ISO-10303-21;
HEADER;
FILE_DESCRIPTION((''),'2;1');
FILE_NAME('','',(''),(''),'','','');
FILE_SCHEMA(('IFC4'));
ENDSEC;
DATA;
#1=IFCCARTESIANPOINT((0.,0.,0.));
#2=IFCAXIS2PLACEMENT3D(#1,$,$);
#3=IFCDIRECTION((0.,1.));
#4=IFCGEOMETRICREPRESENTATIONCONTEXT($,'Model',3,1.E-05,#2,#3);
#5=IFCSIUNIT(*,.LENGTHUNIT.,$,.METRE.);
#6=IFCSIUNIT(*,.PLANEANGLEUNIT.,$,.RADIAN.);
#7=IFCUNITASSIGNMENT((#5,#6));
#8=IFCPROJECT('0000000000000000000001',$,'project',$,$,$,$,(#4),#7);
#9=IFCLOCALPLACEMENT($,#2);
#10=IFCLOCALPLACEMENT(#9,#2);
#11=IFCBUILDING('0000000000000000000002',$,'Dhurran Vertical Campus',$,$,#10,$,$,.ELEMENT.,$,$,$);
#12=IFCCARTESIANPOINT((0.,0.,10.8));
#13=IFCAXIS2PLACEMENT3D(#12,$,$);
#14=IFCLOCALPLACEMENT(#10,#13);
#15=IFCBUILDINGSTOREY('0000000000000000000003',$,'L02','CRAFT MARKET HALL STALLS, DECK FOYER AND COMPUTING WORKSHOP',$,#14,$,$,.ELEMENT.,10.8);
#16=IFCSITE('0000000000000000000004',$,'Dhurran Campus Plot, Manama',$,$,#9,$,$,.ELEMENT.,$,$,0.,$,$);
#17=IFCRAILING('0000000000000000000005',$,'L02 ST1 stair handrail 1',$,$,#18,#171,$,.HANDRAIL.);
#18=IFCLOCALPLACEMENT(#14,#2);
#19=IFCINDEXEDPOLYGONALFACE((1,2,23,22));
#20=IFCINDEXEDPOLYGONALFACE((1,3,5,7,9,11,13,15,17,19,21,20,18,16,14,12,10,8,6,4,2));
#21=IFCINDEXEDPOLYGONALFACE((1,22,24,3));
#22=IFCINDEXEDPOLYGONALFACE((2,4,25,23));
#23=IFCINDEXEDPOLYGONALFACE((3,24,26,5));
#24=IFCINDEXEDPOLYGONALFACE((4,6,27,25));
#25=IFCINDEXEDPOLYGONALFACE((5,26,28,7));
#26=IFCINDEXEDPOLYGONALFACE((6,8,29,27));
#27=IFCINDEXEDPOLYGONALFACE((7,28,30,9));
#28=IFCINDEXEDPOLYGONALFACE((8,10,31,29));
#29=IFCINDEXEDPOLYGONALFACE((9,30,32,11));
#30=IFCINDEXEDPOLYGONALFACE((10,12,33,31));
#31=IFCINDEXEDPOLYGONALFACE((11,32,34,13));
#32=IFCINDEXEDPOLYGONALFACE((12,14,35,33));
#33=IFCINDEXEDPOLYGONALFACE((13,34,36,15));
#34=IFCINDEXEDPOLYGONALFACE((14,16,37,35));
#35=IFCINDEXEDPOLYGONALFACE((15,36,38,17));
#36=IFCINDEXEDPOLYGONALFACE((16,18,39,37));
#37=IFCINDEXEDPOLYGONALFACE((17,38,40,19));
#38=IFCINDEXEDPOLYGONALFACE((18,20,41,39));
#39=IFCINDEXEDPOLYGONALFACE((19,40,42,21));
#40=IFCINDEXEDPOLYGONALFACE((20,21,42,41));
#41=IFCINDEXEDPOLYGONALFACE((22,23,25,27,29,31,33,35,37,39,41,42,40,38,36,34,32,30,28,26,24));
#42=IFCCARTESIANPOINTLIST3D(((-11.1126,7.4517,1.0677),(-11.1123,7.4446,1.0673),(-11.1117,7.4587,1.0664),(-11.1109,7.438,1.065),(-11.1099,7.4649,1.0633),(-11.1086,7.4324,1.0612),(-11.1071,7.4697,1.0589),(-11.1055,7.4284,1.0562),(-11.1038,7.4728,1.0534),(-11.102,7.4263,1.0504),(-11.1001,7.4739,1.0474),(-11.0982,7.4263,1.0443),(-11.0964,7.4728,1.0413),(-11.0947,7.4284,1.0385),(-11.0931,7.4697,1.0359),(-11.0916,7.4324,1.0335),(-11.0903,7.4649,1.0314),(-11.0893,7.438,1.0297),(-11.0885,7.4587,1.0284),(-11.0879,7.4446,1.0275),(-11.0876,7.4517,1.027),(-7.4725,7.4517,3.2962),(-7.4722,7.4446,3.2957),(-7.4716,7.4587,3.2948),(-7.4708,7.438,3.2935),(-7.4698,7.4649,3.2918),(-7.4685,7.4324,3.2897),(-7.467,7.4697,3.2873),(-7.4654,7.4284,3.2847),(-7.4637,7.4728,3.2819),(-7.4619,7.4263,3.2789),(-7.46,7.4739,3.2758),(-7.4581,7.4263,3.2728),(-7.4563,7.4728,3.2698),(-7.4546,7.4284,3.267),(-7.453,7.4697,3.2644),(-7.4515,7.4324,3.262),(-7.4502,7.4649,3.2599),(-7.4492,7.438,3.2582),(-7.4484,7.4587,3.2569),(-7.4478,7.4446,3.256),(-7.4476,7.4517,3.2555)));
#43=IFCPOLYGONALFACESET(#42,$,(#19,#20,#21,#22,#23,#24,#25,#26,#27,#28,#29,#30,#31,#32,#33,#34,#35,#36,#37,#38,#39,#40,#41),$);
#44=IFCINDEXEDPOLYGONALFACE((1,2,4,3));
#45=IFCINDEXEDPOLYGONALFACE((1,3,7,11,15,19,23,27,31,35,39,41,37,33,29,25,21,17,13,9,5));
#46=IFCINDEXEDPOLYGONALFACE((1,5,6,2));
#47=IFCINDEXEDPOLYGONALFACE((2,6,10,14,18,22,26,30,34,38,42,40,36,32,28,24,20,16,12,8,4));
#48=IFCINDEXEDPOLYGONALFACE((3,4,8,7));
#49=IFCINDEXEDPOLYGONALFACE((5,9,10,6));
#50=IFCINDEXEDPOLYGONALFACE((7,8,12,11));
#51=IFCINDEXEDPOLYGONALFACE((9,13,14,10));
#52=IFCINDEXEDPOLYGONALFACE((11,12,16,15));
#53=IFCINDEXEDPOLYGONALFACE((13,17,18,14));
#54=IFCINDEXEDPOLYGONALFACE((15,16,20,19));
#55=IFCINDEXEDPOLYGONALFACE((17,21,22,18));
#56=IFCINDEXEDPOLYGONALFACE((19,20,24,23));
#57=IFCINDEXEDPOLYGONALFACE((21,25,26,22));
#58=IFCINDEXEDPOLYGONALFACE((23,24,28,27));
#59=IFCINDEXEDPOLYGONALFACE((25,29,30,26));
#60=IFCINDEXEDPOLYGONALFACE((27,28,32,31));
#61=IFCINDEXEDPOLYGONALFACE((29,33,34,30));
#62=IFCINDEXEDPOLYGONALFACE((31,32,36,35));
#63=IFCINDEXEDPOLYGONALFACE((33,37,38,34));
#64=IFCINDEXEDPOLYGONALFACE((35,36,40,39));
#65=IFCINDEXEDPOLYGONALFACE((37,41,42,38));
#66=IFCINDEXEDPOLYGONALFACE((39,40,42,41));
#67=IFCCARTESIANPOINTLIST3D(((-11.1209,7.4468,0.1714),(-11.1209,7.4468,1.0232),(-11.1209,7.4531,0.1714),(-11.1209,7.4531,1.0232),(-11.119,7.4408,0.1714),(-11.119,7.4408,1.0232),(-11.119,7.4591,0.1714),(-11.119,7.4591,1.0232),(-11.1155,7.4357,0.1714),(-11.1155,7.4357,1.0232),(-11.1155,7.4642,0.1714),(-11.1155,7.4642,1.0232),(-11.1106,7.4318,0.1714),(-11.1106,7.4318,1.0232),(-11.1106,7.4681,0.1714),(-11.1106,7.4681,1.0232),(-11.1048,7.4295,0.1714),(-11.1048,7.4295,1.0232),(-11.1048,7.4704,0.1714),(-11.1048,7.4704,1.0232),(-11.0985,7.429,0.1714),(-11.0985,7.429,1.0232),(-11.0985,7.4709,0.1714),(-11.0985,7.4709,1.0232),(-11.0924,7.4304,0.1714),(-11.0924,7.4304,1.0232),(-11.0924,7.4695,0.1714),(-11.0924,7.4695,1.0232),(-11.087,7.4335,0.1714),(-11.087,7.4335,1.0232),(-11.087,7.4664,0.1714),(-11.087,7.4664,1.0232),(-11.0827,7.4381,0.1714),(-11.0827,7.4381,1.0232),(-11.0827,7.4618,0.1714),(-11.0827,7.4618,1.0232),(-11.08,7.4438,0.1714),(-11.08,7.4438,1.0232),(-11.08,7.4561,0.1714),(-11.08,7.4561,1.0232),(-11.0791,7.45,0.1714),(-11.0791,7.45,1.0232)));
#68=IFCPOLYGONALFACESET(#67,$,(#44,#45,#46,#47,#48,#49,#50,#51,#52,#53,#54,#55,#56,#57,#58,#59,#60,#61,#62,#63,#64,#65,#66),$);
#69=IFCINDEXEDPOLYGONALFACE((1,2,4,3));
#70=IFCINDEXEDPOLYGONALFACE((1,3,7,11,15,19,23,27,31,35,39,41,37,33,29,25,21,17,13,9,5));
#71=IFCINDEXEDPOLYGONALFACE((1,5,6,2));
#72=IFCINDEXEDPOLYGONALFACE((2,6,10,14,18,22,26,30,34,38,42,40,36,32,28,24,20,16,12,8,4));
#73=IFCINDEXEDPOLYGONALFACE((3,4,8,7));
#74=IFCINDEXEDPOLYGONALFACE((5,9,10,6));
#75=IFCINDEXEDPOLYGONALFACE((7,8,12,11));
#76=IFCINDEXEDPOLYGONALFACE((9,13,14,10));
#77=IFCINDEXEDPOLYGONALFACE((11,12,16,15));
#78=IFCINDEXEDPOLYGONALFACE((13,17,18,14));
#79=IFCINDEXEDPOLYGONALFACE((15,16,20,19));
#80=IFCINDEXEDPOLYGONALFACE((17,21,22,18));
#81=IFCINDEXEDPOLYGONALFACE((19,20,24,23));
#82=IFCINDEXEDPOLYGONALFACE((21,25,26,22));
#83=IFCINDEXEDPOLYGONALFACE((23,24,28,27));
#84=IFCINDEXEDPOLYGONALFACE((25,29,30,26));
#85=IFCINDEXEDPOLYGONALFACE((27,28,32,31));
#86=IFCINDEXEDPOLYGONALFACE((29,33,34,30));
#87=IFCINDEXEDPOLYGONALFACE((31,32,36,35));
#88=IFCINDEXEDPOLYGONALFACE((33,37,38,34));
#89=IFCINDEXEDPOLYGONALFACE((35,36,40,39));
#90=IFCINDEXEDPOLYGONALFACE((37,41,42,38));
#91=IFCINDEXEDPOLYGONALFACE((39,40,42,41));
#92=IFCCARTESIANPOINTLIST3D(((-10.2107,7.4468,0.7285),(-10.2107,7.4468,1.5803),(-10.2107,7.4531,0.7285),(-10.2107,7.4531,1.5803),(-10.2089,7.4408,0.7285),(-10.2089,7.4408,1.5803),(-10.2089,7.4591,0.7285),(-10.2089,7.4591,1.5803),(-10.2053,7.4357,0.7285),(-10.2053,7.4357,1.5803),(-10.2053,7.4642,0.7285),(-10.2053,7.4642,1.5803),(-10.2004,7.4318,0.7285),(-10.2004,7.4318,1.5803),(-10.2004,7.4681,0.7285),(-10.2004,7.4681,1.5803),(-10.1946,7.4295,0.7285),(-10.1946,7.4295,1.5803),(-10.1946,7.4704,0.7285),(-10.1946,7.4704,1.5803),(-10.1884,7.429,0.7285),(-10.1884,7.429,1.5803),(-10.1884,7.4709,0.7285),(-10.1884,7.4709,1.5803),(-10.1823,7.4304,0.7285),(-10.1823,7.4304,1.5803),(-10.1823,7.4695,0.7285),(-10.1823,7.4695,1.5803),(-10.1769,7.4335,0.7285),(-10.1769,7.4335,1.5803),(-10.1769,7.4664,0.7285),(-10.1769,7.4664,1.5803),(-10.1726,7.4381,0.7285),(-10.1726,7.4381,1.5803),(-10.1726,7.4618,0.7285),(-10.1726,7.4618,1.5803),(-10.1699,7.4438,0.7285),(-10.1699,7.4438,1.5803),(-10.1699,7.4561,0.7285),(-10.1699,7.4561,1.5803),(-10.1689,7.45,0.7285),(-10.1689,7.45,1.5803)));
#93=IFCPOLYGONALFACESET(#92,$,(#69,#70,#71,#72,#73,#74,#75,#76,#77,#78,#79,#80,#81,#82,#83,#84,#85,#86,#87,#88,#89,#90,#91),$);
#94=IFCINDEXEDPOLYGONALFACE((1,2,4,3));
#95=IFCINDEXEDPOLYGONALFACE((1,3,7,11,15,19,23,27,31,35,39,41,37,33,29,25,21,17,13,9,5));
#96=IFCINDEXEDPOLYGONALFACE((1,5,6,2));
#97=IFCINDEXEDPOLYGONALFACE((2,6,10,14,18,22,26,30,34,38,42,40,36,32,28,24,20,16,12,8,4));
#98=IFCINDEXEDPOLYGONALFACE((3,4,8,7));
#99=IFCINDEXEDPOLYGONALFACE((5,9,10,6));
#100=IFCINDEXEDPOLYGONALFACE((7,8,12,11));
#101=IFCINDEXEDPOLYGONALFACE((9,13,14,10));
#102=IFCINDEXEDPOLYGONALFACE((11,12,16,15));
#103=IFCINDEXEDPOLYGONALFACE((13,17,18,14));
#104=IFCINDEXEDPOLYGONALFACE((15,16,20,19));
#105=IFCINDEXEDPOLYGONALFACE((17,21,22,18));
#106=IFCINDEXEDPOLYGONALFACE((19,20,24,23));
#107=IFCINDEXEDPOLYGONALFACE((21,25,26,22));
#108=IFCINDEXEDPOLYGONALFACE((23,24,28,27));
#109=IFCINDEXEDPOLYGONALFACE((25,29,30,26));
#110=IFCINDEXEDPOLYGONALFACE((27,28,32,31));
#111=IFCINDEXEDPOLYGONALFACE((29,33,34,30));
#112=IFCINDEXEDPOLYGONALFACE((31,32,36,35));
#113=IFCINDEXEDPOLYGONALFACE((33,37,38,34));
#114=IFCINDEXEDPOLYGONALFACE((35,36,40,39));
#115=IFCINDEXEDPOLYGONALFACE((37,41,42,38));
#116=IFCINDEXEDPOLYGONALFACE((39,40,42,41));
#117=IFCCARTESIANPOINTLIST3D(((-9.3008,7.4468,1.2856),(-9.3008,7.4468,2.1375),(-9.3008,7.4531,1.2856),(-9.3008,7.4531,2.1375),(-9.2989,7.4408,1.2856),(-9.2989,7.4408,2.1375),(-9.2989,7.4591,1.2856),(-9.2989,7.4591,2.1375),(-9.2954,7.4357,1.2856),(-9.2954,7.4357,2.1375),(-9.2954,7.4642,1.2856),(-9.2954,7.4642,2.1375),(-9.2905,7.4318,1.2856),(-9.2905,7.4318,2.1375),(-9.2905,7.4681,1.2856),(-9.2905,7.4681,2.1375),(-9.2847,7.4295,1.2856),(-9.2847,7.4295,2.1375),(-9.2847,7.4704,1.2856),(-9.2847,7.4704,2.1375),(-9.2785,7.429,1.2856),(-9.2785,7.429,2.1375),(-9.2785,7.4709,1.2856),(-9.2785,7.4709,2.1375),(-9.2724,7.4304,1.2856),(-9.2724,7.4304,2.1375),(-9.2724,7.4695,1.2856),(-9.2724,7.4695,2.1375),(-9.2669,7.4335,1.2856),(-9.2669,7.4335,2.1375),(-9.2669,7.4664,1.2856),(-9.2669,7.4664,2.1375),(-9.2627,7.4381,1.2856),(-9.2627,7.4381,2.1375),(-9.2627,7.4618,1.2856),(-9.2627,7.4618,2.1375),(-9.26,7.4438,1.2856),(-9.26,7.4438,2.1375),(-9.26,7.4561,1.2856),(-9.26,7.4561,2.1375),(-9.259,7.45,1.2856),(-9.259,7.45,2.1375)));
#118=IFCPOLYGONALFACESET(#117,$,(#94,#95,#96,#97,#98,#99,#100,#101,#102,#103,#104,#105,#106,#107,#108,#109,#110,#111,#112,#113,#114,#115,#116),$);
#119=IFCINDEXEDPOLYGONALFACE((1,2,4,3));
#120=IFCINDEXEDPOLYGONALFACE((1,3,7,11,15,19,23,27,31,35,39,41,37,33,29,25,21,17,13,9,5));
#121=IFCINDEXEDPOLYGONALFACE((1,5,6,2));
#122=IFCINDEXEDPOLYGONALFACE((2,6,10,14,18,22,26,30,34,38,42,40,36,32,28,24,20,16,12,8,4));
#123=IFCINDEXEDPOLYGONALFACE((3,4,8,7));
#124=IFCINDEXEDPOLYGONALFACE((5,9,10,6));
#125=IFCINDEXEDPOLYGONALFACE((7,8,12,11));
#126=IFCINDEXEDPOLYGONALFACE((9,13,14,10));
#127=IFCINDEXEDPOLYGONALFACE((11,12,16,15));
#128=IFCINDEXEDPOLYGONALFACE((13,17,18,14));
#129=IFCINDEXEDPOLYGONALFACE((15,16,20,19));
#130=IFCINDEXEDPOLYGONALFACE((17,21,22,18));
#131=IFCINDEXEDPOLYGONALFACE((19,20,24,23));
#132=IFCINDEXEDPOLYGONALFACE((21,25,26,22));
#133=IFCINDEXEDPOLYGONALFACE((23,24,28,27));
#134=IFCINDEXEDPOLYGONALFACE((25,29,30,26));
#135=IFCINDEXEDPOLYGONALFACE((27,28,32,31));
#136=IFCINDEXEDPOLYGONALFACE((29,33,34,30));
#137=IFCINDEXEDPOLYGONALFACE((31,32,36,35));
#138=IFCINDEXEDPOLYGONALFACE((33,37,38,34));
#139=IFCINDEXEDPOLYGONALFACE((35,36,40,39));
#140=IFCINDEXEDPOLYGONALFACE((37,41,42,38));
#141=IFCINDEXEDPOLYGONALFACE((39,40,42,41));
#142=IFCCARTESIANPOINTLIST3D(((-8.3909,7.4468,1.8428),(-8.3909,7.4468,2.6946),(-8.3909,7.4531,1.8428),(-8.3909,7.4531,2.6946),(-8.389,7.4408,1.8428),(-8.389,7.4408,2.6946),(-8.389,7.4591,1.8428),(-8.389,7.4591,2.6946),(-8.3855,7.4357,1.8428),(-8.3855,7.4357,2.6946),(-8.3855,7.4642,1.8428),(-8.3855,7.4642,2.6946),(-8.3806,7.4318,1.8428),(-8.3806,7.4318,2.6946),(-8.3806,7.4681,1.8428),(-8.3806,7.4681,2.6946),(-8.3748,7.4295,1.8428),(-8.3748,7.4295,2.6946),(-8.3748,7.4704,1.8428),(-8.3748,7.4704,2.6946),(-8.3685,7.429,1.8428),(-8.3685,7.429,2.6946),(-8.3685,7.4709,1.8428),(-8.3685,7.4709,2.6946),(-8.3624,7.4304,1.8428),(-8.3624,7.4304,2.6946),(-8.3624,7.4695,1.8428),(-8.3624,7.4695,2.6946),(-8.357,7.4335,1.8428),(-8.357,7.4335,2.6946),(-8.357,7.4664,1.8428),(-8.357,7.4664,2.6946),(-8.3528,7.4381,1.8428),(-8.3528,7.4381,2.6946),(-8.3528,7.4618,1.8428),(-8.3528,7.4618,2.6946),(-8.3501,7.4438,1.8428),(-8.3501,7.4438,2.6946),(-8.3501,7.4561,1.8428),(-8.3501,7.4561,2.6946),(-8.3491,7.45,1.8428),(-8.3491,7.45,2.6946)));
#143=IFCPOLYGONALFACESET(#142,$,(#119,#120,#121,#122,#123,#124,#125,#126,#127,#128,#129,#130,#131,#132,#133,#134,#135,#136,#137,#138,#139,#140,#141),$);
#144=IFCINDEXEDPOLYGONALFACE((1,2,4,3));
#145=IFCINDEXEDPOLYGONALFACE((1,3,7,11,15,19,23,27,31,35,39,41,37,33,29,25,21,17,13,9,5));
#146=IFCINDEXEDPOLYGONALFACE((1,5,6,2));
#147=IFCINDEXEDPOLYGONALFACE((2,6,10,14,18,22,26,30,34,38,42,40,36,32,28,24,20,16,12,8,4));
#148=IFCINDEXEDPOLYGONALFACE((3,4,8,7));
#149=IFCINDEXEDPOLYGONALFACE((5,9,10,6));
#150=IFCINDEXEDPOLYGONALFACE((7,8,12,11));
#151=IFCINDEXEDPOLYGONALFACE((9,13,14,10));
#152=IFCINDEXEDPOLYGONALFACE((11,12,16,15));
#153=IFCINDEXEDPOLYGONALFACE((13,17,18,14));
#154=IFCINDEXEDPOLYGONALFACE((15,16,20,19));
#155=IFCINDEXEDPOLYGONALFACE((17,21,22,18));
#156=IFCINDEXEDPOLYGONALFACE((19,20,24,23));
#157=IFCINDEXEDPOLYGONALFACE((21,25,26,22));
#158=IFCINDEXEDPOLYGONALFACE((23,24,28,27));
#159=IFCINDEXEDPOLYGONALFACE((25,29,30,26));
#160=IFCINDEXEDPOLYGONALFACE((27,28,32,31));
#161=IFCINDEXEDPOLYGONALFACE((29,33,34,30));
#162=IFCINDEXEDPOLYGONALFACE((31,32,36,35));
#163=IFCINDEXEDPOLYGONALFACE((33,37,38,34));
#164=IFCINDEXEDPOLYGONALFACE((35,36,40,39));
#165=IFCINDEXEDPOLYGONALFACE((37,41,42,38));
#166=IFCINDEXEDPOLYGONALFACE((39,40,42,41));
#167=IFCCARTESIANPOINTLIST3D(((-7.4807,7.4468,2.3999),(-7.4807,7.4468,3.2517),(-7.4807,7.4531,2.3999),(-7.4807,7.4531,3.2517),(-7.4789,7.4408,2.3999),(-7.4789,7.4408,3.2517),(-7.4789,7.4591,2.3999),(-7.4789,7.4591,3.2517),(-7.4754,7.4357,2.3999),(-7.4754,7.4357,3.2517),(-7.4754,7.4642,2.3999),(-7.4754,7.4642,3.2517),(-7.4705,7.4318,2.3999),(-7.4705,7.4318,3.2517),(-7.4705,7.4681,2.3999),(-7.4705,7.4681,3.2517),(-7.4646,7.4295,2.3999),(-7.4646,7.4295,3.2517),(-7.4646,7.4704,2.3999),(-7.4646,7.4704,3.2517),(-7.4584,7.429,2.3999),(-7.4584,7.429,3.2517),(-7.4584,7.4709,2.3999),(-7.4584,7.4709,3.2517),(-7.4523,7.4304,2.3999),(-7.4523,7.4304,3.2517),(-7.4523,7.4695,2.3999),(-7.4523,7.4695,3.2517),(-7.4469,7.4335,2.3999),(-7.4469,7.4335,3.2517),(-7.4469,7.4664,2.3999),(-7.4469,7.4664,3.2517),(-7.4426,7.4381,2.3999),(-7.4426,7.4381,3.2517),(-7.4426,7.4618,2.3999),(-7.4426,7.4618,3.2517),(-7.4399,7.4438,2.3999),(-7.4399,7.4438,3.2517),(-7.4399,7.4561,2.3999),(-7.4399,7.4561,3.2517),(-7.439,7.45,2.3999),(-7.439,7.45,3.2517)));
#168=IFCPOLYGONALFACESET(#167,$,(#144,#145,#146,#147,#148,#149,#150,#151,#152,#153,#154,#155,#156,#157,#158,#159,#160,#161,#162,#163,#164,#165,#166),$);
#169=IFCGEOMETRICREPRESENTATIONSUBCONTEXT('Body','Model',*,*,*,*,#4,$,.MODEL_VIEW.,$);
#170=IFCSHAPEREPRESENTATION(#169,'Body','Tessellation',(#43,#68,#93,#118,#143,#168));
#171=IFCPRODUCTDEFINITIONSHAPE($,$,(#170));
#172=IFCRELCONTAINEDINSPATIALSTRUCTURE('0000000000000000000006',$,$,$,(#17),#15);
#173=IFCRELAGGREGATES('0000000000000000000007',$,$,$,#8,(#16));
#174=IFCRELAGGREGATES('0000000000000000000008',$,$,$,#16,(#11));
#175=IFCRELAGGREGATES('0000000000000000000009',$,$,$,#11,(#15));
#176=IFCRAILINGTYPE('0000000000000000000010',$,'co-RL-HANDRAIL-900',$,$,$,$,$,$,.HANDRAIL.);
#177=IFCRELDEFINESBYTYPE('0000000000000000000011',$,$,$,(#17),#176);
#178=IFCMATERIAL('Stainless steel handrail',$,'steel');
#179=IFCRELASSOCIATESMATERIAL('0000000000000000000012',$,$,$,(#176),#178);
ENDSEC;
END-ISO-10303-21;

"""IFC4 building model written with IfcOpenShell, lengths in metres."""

from ifc_helpers import new_model, si_unit, direction, frame, origin, origin_2d, place, context, subcontext, project, spatial, circle, extrude, material, type_object, element, save


model = new_model("IFC4")

# Units and contexts
model_context = context("Model", 3, precision=1e-05, world=origin(), true_north=direction((0.0, 1.0)))
body_context = subcontext(model_context, "Body", "Model", "MODEL_VIEW")
ifc_project = project(units=[si_unit("LENGTHUNIT", "METRE"), si_unit("PLANEANGLEUNIT", "RADIAN")], contexts=[model_context])

# Site, building, storey
site_placement = place(None, origin())
site = spatial("IfcSite", under=ifc_project, at=site_placement, Name="Dhurran Campus Plot, Manama", CompositionType="ELEMENT", RefElevation=0.0)
building_placement = place(site_placement, origin())
building = spatial("IfcBuilding", under=site, at=building_placement, Name="Dhurran Vertical Campus", CompositionType="ELEMENT")
storey_placement = place(building_placement, frame((0.0, 0.0, 10.8)))
storey = spatial("IfcBuildingStorey", under=building, at=storey_placement, Name="L02", Description="CRAFT MARKET HALL STALLS, DECK FOYER AND COMPUTING WORKSHOP", CompositionType="ELEMENT", Elevation=10.8)

# Railing
ifc_material_1 = material(Name="Stainless steel handrail", Category="steel")
railing_type_1 = type_object("IfcRailingType", Name="co-RL-HANDRAIL-900", PredefinedType="HANDRAIL", material=ifc_material_1)
railing_1_placement = place(storey_placement, frame((-11.1001, 7.45, 0.1714)))
element("IfcRailing", 1, at=railing_1_placement, inside=storey, type_object=railing_type_1, Name="L02 ST1 stair handrail 1", PredefinedType="HANDRAIL", context=body_context, shape_type="SweptSolid", body=[
    extrude(circle(Radius=0.0239, at=origin_2d()), frame((0.0, 0.0, 0.876), z_axis=(0.852866, 0.0, 0.52213), x_axis=(0.0, 1.0, 0.0)), (0.0, 0.0, 1.0), 4.2681),
    extrude(circle(Radius=0.021, at=origin_2d()), origin(), (0.0, 0.0, 1.0), 0.8518),
    extrude(circle(Radius=0.021, at=origin_2d()), frame((0.9102, 0.0, 0.5571)), (0.0, 0.0, 1.0), 0.8518),
    extrude(circle(Radius=0.021, at=origin_2d()), frame((1.8201, 0.0, 1.1143)), (0.0, 0.0, 1.0), 0.8518),
    extrude(circle(Radius=0.021, at=origin_2d()), frame((2.73, 0.0, 1.6714)), (0.0, 0.0, 1.0), 0.8518),
    extrude(circle(Radius=0.021, at=origin_2d()), frame((3.6401, 0.0, 2.2285)), (0.0, 0.0, 1.0), 0.8518),
])

save(model, "model.ifc")
